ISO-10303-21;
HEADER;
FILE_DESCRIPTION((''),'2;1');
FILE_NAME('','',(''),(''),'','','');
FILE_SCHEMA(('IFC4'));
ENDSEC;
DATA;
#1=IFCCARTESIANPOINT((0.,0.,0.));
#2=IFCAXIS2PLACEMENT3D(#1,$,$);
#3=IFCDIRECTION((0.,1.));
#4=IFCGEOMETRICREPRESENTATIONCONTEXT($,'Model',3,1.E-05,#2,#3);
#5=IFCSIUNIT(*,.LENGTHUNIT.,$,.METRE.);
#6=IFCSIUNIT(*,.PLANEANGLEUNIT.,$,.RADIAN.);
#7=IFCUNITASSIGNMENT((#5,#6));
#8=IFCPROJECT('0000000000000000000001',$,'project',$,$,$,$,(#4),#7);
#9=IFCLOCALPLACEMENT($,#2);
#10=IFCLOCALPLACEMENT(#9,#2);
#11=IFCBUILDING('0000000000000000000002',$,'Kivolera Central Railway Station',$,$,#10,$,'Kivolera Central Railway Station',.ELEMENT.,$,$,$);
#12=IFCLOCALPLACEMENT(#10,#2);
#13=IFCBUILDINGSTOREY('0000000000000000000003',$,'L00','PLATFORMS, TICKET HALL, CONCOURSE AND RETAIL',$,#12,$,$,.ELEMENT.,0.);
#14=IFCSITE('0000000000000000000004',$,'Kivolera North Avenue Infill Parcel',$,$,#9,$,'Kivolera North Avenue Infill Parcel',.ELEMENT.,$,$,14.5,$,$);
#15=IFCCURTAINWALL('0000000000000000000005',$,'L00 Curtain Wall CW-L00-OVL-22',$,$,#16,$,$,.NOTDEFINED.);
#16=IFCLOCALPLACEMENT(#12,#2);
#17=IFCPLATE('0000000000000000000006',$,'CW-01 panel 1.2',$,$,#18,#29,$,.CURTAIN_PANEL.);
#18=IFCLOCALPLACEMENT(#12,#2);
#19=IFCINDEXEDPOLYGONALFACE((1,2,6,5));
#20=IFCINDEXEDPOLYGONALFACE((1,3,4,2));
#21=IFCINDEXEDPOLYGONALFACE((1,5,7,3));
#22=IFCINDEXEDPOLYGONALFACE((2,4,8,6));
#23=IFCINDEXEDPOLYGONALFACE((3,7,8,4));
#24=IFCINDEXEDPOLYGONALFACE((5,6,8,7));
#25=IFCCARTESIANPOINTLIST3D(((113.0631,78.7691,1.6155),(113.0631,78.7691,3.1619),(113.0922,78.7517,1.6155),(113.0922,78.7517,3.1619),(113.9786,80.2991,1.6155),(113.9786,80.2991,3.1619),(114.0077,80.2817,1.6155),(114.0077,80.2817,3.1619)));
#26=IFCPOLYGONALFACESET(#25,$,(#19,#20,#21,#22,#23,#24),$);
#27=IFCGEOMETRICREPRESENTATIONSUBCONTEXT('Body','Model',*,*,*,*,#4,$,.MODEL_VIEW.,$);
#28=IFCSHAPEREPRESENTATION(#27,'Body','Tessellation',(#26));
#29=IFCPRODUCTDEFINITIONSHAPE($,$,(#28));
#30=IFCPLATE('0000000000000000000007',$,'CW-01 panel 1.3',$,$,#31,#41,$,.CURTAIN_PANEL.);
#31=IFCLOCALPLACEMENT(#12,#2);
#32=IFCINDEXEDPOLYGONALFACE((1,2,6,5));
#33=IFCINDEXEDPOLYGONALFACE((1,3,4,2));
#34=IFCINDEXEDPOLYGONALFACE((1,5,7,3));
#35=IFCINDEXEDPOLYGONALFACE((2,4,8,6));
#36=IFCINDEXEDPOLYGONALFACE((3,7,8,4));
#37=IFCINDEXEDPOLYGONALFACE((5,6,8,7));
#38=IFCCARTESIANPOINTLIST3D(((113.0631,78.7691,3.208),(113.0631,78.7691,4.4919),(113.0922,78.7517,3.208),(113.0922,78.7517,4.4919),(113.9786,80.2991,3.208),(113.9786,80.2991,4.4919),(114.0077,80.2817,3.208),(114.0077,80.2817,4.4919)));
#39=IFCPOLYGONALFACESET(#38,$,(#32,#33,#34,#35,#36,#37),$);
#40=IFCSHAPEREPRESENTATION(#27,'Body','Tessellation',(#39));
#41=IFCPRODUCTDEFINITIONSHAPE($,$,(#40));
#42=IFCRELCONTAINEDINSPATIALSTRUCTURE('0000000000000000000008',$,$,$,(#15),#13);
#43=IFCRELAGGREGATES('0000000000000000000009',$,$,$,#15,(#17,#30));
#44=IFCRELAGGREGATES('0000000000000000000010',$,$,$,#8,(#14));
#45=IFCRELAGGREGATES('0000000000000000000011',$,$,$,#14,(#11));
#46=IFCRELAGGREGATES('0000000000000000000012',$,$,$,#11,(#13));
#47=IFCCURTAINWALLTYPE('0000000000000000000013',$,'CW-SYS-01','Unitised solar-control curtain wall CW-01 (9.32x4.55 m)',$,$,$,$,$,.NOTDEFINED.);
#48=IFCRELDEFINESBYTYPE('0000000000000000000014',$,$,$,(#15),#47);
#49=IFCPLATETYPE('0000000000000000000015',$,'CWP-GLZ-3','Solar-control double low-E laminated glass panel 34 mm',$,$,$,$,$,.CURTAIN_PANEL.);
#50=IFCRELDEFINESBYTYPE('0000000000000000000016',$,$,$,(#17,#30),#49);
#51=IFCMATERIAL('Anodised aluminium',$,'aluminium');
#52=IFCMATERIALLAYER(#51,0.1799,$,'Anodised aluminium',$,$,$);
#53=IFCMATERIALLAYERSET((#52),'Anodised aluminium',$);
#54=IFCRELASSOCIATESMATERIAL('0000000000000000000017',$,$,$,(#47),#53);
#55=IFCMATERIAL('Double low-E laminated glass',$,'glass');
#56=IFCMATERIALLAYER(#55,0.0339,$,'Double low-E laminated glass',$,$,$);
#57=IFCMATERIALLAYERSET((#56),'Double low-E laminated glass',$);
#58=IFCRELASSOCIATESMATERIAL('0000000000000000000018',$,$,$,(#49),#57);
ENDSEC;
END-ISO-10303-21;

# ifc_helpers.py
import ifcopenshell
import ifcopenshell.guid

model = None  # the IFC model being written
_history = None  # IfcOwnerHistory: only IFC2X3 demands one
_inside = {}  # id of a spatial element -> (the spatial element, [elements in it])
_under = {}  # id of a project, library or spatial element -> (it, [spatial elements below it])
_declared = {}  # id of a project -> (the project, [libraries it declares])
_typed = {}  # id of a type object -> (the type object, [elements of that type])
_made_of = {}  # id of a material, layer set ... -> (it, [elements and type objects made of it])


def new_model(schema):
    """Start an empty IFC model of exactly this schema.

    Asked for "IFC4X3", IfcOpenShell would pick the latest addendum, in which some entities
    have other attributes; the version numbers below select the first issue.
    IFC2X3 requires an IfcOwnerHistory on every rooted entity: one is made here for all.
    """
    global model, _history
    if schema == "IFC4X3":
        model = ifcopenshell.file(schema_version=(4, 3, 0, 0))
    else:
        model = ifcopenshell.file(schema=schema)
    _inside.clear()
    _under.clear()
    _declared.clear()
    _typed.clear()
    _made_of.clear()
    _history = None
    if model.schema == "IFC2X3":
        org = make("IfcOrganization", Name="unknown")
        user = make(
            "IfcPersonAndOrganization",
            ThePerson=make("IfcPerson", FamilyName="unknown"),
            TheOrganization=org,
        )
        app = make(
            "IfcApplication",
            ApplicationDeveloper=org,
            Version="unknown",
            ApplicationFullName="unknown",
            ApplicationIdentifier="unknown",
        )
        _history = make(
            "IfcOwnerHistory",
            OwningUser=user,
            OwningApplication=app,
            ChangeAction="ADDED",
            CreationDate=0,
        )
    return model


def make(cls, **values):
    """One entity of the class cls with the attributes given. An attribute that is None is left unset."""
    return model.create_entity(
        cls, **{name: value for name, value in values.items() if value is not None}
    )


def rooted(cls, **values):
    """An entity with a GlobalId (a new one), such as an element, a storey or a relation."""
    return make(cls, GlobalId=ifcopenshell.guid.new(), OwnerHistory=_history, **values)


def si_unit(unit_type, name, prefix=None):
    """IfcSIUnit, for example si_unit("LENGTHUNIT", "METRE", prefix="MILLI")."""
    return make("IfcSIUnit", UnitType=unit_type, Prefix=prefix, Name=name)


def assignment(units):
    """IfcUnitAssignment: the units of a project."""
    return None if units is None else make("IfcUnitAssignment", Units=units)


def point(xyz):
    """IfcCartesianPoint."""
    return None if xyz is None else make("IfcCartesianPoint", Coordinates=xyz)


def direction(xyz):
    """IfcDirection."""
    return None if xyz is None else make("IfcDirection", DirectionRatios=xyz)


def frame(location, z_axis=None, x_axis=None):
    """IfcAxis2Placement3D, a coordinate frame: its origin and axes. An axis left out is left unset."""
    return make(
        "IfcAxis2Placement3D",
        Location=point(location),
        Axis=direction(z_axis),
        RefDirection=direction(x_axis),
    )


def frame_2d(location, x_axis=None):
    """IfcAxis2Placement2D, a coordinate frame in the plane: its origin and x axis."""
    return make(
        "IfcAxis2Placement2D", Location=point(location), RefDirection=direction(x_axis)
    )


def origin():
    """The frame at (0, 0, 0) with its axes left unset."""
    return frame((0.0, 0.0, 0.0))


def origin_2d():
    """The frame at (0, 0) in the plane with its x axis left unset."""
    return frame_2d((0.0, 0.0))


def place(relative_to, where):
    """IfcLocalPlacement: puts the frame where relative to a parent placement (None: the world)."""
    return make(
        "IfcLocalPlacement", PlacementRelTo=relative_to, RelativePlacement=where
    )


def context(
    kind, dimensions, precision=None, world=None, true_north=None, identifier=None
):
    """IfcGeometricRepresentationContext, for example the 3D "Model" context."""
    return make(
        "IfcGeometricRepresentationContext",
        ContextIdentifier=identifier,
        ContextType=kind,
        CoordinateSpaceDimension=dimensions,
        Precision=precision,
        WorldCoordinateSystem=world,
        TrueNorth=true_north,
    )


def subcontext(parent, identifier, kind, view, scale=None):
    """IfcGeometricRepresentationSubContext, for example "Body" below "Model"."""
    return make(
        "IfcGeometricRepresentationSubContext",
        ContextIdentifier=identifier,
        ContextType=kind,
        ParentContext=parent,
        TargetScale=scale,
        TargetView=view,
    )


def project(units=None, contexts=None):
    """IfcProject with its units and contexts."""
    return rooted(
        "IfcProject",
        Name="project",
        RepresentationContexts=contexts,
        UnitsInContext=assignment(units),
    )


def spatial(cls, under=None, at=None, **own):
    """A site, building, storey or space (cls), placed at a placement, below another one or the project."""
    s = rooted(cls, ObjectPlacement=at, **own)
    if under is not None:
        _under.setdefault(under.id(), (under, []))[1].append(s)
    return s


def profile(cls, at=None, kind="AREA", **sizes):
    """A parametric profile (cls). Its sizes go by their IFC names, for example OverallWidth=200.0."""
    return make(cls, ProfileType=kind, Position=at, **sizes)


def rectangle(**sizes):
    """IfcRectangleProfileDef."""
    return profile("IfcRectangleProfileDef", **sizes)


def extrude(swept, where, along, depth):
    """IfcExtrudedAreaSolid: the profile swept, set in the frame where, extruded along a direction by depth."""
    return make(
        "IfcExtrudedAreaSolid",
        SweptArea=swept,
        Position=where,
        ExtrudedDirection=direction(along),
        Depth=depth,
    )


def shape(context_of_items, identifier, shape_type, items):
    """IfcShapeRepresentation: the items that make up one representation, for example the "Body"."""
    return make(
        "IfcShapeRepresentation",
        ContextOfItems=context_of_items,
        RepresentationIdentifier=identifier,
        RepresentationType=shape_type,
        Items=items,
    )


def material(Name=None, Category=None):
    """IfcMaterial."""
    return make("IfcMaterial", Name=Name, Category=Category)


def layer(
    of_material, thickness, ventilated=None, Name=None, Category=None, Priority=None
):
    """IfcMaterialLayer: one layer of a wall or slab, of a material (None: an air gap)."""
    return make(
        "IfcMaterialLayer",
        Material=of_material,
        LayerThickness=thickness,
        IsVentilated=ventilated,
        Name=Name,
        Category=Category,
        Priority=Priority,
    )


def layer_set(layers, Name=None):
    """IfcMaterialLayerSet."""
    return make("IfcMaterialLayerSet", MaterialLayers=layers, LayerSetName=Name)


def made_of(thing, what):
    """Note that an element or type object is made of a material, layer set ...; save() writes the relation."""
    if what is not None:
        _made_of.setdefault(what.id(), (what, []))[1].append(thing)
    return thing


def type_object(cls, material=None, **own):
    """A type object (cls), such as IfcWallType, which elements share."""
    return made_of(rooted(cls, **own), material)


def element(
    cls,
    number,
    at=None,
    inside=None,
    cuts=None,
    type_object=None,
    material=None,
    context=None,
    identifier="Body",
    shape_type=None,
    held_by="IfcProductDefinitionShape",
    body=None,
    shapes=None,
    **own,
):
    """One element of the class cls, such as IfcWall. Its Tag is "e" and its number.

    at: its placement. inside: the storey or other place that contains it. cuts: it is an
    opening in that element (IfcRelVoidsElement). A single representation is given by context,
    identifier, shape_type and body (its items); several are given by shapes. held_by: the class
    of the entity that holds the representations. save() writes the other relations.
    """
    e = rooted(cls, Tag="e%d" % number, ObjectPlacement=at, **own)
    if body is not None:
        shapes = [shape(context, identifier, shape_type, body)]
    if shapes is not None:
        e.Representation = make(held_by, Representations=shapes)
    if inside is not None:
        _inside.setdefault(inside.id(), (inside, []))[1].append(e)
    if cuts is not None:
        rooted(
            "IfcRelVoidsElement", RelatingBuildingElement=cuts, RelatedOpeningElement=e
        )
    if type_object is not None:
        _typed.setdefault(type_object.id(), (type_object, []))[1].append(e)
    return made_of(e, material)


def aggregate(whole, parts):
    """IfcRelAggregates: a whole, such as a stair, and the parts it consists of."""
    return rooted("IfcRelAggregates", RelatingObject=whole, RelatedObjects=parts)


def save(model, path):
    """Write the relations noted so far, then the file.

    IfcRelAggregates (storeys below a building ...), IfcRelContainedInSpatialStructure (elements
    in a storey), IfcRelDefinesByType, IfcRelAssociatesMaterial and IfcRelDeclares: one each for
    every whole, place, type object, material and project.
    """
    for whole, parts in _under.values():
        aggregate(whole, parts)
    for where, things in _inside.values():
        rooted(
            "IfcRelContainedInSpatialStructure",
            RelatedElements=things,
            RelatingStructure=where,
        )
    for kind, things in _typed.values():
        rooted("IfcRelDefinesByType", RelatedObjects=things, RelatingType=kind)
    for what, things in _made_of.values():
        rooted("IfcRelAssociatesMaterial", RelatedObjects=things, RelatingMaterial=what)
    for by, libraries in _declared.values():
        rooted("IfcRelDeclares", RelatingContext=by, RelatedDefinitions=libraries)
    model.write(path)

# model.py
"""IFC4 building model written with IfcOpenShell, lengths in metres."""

from ifc_helpers import new_model, si_unit, direction, frame, origin, origin_2d, place, context, subcontext, project, spatial, rectangle, extrude, material, layer, layer_set, type_object, element, aggregate, save


model = new_model("IFC4")

# Units and contexts
model_context = context("Model", 3, precision=1e-05, world=origin(), true_north=direction((0.0, 1.0)))
body_context = subcontext(model_context, "Body", "Model", "MODEL_VIEW")
ifc_project = project(units=[si_unit("LENGTHUNIT", "METRE"), si_unit("PLANEANGLEUNIT", "RADIAN")], contexts=[model_context])

# Site, building, storey
site_placement = place(None, origin())
site = spatial("IfcSite", under=ifc_project, at=site_placement, Name="Kivolera North Avenue Infill Parcel", LongName="Kivolera North Avenue Infill Parcel", CompositionType="ELEMENT", RefElevation=14.5)
building_placement = place(site_placement, origin())
building = spatial("IfcBuilding", under=site, at=building_placement, Name="Kivolera Central Railway Station", LongName="Kivolera Central Railway Station", CompositionType="ELEMENT")
storey_placement = place(building_placement, origin())
storey = spatial("IfcBuildingStorey", under=building, at=storey_placement, Name="L00", Description="PLATFORMS, TICKET HALL, CONCOURSE AND RETAIL", CompositionType="ELEMENT", Elevation=0.0)

# Curtain wall
ifc_material_1 = material(Name="Anodised aluminium", Category="aluminium")
ifc_layer_1 = layer(ifc_material_1, 0.1799, Name="Anodised aluminium")
ifc_layer_set_1 = layer_set([ifc_layer_1], Name="Anodised aluminium")
curtain_wall_type_1 = type_object("IfcCurtainWallType", Name="CW-SYS-01", Description="Unitised solar-control curtain wall CW-01 (9.32x4.55 m)", PredefinedType="NOTDEFINED", material=ifc_layer_set_1)
curtain_wall_1_placement = place(storey_placement, origin())
curtain_wall_1 = element("IfcCurtainWall", 1, at=curtain_wall_1_placement, inside=storey, type_object=curtain_wall_type_1, Name="L00 Curtain Wall CW-L00-OVL-22", PredefinedType="NOTDEFINED")

# Plates
ifc_material_2 = material(Name="Double low-E laminated glass", Category="glass")
ifc_layer_2 = layer(ifc_material_2, 0.0339, Name="Double low-E laminated glass")
ifc_layer_set_2 = layer_set([ifc_layer_2], Name="Double low-E laminated glass")
plate_type_1 = type_object("IfcPlateType", Name="CWP-GLZ-3", Description="Solar-control double low-E laminated glass panel 34 mm", PredefinedType="CURTAIN_PANEL", material=ifc_layer_set_2)
plate_1_placement = place(storey_placement, frame((113.5354, 79.5254, 1.6155), z_axis=(0.0, 0.0, 1.0), x_axis=(-0.513454, -0.858117, 0.0)))
plate_1 = element("IfcPlate", 2, at=plate_1_placement, type_object=plate_type_1, Name="CW-01 panel 1.2", PredefinedType="CURTAIN_PANEL", context=body_context, shape_type="SweptSolid", body=[
    extrude(rectangle(XDim=1.783, YDim=0.0339, at=origin_2d()), origin(), (0.0, 0.0, 1.0), 1.5464),
])
plate_2_placement = place(storey_placement, frame((113.5354, 79.5254, 3.208), z_axis=(0.0, 0.0, 1.0), x_axis=(-0.513454, -0.858117, 0.0)))
plate_2 = element("IfcPlate", 3, at=plate_2_placement, type_object=plate_type_1, Name="CW-01 panel 1.3", PredefinedType="CURTAIN_PANEL", context=body_context, shape_type="SweptSolid", body=[
    extrude(rectangle(XDim=1.783, YDim=0.0339, at=origin_2d()), origin(), (0.0, 0.0, 1.0), 1.2839),
])
aggregate(curtain_wall_1, [plate_1, plate_2])

save(model, "model.ifc")
